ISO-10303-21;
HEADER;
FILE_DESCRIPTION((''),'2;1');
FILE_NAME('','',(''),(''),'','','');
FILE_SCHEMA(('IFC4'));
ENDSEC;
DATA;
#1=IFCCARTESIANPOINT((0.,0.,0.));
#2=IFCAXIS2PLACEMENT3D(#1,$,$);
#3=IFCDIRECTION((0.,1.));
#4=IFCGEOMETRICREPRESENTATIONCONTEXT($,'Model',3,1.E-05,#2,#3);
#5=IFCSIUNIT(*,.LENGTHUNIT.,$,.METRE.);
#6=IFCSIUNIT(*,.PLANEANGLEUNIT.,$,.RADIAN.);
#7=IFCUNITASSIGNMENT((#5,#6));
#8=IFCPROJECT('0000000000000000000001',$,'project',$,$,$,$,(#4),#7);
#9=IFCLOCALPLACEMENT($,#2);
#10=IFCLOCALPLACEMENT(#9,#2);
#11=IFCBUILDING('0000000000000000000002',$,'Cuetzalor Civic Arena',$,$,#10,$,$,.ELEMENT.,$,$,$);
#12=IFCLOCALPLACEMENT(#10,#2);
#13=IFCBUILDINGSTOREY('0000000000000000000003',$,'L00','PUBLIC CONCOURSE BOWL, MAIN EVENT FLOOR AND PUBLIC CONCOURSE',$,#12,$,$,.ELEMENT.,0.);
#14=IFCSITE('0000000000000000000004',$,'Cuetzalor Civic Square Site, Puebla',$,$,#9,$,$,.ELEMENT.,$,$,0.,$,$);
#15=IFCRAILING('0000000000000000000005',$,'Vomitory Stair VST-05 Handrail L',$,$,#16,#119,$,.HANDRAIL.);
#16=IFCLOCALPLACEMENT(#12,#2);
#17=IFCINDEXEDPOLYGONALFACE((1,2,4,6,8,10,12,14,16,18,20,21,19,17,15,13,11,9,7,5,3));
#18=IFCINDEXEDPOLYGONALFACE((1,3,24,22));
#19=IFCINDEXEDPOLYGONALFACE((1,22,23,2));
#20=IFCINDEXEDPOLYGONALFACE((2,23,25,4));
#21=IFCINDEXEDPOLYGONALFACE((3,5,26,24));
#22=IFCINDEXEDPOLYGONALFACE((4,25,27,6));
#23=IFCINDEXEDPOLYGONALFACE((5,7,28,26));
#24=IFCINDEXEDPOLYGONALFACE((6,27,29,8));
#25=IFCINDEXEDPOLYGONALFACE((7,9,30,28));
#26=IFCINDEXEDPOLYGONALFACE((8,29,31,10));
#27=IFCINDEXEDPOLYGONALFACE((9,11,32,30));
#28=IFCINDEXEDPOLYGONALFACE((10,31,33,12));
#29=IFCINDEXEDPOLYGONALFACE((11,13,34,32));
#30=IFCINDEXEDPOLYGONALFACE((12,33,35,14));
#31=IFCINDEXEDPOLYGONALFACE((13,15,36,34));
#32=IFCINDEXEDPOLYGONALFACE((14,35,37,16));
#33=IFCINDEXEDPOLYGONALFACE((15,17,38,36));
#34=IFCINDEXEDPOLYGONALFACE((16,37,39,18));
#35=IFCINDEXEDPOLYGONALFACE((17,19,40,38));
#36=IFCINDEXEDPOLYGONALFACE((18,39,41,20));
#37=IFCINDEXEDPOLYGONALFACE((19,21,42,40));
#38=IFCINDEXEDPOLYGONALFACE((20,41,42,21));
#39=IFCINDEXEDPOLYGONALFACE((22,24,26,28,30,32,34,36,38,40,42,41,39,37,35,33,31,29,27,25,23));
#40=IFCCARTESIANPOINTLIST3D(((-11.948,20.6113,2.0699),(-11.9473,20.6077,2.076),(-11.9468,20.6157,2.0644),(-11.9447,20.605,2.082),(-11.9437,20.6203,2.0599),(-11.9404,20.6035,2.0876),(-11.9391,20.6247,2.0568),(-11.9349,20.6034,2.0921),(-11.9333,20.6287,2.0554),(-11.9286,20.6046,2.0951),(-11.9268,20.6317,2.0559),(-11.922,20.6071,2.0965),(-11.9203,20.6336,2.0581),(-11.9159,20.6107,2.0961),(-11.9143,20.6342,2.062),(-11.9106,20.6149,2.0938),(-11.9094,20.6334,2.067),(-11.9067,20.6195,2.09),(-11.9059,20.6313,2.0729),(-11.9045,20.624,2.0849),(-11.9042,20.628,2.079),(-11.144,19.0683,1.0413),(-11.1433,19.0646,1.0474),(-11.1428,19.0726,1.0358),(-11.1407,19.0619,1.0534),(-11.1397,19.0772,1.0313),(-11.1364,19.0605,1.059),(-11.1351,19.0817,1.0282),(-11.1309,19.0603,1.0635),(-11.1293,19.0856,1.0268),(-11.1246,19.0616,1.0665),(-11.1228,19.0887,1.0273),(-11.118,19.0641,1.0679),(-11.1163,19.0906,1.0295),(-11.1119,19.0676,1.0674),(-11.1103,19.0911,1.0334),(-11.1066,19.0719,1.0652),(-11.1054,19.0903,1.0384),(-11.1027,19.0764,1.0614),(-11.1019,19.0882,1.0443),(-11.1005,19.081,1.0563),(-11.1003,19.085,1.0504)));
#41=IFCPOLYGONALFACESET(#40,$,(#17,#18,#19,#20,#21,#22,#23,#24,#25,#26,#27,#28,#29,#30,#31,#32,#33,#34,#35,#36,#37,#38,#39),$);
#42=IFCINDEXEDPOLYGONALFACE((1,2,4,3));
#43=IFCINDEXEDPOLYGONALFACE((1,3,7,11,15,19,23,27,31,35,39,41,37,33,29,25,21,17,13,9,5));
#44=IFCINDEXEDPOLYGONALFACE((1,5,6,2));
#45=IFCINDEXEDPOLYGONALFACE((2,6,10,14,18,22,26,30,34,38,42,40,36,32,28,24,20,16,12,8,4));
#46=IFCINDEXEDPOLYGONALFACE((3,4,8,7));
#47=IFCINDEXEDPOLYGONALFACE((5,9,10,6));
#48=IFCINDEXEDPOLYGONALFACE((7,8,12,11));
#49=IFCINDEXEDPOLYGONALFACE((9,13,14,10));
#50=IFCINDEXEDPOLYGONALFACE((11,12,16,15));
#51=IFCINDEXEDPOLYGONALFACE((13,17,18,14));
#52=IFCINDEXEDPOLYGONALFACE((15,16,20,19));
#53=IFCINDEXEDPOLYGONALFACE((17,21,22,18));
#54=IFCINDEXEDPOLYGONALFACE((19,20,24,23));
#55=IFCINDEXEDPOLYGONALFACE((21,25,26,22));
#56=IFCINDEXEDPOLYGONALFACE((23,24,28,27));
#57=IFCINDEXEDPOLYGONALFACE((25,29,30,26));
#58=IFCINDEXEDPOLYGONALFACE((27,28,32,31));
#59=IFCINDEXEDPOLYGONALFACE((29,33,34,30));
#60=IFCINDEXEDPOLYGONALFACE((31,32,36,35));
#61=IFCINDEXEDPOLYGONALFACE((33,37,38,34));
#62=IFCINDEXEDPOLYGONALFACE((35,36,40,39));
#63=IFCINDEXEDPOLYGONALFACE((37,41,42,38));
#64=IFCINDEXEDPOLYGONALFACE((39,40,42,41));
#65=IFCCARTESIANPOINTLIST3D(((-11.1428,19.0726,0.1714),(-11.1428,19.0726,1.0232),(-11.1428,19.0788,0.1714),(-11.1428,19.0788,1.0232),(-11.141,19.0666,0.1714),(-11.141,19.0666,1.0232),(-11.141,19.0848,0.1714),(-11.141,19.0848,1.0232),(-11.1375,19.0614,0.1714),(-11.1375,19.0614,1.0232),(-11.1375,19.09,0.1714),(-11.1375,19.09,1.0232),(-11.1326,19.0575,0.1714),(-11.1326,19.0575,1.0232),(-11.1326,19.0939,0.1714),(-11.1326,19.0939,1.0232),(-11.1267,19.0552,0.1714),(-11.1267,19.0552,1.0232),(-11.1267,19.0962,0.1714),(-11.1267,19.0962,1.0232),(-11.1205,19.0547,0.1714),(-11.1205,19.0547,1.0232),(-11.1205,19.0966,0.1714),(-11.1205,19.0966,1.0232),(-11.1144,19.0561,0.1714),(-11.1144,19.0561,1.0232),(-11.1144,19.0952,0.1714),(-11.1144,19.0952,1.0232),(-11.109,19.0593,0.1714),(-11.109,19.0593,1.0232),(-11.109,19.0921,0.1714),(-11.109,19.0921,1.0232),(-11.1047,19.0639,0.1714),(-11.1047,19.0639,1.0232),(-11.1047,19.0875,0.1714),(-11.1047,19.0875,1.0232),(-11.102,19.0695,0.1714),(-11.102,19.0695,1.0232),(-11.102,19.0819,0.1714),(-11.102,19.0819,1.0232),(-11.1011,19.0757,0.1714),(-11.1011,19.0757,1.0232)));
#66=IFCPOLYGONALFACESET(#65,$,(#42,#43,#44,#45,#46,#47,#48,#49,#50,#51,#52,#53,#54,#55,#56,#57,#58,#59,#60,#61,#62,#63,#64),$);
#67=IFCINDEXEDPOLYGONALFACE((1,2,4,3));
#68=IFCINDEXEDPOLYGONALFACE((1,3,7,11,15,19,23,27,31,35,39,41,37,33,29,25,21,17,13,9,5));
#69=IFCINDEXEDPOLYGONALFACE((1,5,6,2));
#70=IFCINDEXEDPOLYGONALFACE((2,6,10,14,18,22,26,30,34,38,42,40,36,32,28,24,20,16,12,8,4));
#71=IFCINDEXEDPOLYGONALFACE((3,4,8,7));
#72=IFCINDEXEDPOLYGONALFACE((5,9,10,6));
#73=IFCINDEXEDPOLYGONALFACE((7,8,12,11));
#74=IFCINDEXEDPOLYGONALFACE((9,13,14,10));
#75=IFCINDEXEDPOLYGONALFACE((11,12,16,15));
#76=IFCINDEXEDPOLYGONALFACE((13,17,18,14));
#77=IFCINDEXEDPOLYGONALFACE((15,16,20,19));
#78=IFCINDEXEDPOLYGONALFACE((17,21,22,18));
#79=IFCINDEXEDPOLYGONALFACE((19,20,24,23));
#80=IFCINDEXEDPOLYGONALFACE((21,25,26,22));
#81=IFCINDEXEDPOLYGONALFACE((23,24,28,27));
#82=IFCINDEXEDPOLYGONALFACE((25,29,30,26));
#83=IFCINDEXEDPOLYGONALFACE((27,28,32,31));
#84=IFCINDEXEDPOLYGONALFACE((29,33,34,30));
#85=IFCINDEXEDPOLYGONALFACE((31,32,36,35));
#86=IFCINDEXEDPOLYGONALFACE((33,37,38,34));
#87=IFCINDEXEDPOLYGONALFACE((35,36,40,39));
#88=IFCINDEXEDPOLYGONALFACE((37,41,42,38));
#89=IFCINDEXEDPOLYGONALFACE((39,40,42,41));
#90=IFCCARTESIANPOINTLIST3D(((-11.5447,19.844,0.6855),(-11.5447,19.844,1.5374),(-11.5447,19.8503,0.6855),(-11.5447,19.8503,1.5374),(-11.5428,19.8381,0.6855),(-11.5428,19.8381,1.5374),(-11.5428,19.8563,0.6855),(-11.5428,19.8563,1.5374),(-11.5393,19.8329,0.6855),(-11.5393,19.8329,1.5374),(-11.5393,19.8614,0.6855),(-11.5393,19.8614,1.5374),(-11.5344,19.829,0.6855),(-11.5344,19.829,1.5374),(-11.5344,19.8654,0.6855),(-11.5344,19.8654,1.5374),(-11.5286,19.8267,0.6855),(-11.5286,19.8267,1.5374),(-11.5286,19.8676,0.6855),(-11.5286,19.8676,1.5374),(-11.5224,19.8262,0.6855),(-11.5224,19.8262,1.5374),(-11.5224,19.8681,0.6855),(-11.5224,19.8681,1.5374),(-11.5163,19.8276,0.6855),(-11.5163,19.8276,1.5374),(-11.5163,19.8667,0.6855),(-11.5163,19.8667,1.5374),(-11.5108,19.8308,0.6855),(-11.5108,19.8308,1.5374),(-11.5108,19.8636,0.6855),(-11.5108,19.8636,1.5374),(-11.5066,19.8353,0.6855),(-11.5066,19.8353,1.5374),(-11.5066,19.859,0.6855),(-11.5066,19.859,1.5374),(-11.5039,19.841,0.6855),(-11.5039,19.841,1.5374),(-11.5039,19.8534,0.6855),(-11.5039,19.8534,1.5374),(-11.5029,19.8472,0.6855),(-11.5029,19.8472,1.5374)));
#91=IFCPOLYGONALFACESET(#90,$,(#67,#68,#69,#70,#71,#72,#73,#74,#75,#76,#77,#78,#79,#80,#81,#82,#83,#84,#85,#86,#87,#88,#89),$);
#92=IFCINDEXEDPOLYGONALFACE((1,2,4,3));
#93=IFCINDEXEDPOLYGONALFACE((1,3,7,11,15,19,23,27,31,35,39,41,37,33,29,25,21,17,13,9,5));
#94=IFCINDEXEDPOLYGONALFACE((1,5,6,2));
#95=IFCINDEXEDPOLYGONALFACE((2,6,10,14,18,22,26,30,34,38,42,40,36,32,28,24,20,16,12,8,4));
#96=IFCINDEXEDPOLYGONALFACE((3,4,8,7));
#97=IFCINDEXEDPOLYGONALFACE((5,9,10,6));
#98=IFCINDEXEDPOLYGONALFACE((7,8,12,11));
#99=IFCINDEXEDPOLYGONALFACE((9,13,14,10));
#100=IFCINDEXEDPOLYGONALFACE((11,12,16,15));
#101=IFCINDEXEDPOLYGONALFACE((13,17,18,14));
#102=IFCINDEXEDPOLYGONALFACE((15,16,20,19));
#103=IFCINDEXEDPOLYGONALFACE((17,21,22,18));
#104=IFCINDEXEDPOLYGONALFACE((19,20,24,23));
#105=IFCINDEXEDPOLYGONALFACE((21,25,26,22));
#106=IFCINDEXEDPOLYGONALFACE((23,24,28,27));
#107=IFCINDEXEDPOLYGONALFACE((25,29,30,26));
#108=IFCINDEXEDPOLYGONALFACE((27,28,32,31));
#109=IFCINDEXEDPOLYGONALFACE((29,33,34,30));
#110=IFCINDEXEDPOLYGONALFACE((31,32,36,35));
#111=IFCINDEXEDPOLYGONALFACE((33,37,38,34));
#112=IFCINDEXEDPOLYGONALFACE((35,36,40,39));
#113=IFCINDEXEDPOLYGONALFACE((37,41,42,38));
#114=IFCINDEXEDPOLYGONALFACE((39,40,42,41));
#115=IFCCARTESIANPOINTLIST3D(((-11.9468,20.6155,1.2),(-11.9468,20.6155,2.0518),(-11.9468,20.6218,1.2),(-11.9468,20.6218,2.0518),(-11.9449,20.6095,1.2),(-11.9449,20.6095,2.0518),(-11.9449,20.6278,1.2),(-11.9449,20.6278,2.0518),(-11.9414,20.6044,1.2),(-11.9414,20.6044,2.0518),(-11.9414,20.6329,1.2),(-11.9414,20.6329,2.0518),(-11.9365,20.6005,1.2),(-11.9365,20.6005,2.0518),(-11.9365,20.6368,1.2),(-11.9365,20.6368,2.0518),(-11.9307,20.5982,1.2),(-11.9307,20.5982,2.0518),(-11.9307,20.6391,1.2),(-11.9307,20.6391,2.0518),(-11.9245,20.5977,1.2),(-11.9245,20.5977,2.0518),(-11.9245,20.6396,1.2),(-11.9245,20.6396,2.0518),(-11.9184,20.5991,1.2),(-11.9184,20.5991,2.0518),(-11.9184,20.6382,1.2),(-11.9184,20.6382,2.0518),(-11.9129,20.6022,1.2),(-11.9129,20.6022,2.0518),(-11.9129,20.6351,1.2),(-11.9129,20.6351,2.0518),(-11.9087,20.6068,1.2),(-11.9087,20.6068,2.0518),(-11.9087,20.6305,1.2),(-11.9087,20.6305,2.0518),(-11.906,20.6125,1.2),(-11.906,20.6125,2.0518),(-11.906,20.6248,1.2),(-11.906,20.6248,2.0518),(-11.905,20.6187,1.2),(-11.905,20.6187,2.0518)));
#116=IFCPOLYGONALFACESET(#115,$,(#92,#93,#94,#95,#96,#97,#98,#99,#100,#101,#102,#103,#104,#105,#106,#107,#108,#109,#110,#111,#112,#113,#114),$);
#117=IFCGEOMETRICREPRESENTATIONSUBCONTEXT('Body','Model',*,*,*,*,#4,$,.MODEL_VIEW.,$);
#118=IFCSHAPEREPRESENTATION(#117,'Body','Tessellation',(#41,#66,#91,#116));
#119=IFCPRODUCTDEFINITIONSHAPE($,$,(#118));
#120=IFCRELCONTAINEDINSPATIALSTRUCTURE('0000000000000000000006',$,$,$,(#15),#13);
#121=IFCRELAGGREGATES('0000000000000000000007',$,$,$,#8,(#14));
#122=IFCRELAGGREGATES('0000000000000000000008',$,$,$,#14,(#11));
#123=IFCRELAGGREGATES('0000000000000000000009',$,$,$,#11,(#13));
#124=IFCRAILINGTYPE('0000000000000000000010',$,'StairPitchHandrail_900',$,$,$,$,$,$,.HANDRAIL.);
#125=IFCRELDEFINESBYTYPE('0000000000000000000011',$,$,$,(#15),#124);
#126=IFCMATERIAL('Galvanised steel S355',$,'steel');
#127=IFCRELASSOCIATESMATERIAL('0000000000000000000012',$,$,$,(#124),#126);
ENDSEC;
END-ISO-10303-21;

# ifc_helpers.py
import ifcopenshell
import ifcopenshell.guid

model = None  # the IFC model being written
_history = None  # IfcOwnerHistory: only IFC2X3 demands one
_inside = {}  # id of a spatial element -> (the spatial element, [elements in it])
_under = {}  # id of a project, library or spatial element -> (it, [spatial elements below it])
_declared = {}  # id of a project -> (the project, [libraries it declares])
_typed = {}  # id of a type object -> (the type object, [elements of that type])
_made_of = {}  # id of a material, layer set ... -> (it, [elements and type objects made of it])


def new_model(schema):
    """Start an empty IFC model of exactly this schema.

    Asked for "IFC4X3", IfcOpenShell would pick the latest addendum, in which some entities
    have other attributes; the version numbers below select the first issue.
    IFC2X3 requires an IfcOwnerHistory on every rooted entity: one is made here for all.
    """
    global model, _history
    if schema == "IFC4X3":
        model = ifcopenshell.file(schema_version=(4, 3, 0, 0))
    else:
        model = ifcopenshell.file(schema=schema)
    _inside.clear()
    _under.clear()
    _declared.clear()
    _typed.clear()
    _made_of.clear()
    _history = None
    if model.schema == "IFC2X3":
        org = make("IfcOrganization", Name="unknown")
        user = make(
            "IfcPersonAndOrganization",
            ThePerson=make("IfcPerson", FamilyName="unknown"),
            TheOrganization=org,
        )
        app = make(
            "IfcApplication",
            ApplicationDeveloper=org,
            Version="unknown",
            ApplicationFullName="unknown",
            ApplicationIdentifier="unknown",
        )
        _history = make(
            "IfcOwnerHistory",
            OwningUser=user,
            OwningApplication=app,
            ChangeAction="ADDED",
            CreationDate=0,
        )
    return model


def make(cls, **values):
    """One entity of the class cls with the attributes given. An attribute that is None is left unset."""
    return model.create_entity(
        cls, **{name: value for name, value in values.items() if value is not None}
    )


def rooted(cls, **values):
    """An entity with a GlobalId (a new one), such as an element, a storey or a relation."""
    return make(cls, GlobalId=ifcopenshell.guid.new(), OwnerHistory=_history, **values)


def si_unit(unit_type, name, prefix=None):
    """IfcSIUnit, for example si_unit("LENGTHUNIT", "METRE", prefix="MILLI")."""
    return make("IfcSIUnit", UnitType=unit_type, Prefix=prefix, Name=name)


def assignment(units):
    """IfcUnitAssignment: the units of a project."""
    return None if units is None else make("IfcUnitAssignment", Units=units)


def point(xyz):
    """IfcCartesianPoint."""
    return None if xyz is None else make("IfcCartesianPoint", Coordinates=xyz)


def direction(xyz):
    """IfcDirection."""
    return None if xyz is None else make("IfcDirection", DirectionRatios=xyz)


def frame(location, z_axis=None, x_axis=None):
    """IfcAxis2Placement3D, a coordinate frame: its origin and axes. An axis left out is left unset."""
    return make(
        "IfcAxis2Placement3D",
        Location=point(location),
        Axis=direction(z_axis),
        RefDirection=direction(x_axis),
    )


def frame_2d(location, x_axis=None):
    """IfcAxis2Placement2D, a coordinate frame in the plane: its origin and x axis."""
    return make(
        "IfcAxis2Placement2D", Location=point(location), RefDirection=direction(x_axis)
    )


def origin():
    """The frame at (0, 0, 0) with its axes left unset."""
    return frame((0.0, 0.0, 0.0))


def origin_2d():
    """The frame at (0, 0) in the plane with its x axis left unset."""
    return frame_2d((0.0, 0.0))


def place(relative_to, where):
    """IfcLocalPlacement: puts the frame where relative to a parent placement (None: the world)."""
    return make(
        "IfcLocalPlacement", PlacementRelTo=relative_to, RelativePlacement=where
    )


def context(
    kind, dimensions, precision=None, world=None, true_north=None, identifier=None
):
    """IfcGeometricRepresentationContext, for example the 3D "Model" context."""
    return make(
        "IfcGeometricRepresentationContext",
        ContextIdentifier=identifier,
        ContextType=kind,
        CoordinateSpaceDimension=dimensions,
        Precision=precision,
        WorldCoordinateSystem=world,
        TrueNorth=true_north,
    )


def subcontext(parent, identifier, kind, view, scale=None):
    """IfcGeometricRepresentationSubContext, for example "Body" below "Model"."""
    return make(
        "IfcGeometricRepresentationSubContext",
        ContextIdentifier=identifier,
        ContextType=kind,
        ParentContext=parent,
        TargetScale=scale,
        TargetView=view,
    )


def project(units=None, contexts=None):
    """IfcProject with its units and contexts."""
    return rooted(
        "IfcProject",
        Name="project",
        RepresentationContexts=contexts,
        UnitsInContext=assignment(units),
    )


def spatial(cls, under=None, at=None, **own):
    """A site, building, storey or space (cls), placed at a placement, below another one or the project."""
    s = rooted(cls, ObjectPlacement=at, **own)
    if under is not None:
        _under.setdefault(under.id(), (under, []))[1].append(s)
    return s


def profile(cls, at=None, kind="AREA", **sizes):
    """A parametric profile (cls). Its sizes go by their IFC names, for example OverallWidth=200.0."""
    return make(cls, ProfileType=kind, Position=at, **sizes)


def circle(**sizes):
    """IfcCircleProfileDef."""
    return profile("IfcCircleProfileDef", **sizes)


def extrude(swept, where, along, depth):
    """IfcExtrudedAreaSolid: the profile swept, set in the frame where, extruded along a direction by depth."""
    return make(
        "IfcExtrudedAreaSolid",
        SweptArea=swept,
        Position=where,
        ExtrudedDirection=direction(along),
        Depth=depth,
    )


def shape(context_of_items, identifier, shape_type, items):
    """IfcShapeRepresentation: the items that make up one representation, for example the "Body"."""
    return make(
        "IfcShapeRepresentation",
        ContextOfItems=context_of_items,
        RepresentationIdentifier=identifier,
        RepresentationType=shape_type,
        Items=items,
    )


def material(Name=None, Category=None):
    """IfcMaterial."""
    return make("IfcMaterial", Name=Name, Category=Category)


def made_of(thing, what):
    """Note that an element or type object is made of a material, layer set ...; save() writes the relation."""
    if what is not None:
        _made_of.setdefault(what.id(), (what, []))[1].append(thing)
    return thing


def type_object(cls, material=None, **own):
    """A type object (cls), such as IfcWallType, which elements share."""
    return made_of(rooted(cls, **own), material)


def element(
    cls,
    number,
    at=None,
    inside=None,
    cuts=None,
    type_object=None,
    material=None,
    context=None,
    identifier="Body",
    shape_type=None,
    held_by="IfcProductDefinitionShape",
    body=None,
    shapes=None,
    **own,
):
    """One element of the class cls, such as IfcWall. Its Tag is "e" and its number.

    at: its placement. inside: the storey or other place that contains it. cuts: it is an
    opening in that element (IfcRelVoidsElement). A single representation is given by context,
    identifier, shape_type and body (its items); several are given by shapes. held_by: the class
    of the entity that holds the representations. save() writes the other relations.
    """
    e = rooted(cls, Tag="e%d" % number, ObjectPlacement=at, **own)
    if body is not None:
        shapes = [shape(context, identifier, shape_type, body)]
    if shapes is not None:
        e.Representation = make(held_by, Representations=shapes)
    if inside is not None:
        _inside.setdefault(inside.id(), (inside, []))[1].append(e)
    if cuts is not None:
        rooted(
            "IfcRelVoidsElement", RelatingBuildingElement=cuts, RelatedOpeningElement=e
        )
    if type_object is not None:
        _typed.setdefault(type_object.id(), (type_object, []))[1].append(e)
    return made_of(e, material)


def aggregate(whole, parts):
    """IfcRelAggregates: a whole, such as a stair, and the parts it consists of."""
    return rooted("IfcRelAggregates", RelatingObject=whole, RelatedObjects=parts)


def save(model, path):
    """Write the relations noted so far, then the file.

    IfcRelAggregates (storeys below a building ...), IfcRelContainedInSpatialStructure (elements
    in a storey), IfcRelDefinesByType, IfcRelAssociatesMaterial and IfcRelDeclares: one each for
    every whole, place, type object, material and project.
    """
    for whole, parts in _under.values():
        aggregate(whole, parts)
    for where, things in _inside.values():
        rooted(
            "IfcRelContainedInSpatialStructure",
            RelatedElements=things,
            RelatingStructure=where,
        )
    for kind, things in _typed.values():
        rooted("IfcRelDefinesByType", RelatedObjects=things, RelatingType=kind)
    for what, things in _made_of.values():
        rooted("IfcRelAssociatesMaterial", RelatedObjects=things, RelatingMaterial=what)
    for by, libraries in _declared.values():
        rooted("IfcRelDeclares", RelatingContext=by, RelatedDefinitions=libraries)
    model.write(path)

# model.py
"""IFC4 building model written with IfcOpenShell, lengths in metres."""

from ifc_helpers import new_model, si_unit, direction, frame, origin, origin_2d, place, context, subcontext, project, spatial, circle, extrude, material, type_object, element, save


model = new_model("IFC4")

# Units and contexts
model_context = context("Model", 3, precision=1e-05, world=origin(), true_north=direction((0.0, 1.0)))
body_context = subcontext(model_context, "Body", "Model", "MODEL_VIEW")
ifc_project = project(units=[si_unit("LENGTHUNIT", "METRE"), si_unit("PLANEANGLEUNIT", "RADIAN")], contexts=[model_context])

# Site, building, storey
site_placement = place(None, origin())
site = spatial("IfcSite", under=ifc_project, at=site_placement, Name="Cuetzalor Civic Square Site, Puebla", CompositionType="ELEMENT", RefElevation=0.0)
building_placement = place(site_placement, origin())
building = spatial("IfcBuilding", under=site, at=building_placement, Name="Cuetzalor Civic Arena", CompositionType="ELEMENT")
storey_placement = place(building_placement, origin())
storey = spatial("IfcBuildingStorey", under=building, at=storey_placement, Name="L00", Description="PUBLIC CONCOURSE BOWL, MAIN EVENT FLOOR AND PUBLIC CONCOURSE", CompositionType="ELEMENT", Elevation=0.0)

# Railing
ifc_material_1 = material(Name="Galvanised steel S355", Category="steel")
railing_type_1 = type_object("IfcRailingType", Name="StairPitchHandrail_900", PredefinedType="HANDRAIL", material=ifc_material_1)
railing_1_placement = place(storey_placement, frame((-11.1221, 19.0757, 0.1714)))
element("IfcRailing", 1, at=railing_1_placement, inside=storey, type_object=railing_type_1, Name="Vomitory Stair VST-05 Handrail L", PredefinedType="HANDRAIL", context=body_context, shape_type="SweptSolid", body=[
    extrude(circle(Radius=0.0239, at=origin_2d()), frame((0.0, 0.0, 0.876), z_axis=(-0.397771, 0.763412, 0.508901), x_axis=(-0.886837, -0.462082, 0.0)), (0.0, 0.0, 1.0), 2.0212),
    extrude(circle(Radius=0.021, at=origin_2d()), origin(), (0.0, 0.0, 1.0), 0.8518),
    extrude(circle(Radius=0.021, at=origin_2d()), frame((-0.4019, 0.7715, 0.5142)), (0.0, 0.0, 1.0), 0.8518),
    extrude(circle(Radius=0.021, at=origin_2d()), frame((-0.804, 1.543, 1.0286)), (0.0, 0.0, 1.0), 0.8518),
])

save(model, "model.ifc")
